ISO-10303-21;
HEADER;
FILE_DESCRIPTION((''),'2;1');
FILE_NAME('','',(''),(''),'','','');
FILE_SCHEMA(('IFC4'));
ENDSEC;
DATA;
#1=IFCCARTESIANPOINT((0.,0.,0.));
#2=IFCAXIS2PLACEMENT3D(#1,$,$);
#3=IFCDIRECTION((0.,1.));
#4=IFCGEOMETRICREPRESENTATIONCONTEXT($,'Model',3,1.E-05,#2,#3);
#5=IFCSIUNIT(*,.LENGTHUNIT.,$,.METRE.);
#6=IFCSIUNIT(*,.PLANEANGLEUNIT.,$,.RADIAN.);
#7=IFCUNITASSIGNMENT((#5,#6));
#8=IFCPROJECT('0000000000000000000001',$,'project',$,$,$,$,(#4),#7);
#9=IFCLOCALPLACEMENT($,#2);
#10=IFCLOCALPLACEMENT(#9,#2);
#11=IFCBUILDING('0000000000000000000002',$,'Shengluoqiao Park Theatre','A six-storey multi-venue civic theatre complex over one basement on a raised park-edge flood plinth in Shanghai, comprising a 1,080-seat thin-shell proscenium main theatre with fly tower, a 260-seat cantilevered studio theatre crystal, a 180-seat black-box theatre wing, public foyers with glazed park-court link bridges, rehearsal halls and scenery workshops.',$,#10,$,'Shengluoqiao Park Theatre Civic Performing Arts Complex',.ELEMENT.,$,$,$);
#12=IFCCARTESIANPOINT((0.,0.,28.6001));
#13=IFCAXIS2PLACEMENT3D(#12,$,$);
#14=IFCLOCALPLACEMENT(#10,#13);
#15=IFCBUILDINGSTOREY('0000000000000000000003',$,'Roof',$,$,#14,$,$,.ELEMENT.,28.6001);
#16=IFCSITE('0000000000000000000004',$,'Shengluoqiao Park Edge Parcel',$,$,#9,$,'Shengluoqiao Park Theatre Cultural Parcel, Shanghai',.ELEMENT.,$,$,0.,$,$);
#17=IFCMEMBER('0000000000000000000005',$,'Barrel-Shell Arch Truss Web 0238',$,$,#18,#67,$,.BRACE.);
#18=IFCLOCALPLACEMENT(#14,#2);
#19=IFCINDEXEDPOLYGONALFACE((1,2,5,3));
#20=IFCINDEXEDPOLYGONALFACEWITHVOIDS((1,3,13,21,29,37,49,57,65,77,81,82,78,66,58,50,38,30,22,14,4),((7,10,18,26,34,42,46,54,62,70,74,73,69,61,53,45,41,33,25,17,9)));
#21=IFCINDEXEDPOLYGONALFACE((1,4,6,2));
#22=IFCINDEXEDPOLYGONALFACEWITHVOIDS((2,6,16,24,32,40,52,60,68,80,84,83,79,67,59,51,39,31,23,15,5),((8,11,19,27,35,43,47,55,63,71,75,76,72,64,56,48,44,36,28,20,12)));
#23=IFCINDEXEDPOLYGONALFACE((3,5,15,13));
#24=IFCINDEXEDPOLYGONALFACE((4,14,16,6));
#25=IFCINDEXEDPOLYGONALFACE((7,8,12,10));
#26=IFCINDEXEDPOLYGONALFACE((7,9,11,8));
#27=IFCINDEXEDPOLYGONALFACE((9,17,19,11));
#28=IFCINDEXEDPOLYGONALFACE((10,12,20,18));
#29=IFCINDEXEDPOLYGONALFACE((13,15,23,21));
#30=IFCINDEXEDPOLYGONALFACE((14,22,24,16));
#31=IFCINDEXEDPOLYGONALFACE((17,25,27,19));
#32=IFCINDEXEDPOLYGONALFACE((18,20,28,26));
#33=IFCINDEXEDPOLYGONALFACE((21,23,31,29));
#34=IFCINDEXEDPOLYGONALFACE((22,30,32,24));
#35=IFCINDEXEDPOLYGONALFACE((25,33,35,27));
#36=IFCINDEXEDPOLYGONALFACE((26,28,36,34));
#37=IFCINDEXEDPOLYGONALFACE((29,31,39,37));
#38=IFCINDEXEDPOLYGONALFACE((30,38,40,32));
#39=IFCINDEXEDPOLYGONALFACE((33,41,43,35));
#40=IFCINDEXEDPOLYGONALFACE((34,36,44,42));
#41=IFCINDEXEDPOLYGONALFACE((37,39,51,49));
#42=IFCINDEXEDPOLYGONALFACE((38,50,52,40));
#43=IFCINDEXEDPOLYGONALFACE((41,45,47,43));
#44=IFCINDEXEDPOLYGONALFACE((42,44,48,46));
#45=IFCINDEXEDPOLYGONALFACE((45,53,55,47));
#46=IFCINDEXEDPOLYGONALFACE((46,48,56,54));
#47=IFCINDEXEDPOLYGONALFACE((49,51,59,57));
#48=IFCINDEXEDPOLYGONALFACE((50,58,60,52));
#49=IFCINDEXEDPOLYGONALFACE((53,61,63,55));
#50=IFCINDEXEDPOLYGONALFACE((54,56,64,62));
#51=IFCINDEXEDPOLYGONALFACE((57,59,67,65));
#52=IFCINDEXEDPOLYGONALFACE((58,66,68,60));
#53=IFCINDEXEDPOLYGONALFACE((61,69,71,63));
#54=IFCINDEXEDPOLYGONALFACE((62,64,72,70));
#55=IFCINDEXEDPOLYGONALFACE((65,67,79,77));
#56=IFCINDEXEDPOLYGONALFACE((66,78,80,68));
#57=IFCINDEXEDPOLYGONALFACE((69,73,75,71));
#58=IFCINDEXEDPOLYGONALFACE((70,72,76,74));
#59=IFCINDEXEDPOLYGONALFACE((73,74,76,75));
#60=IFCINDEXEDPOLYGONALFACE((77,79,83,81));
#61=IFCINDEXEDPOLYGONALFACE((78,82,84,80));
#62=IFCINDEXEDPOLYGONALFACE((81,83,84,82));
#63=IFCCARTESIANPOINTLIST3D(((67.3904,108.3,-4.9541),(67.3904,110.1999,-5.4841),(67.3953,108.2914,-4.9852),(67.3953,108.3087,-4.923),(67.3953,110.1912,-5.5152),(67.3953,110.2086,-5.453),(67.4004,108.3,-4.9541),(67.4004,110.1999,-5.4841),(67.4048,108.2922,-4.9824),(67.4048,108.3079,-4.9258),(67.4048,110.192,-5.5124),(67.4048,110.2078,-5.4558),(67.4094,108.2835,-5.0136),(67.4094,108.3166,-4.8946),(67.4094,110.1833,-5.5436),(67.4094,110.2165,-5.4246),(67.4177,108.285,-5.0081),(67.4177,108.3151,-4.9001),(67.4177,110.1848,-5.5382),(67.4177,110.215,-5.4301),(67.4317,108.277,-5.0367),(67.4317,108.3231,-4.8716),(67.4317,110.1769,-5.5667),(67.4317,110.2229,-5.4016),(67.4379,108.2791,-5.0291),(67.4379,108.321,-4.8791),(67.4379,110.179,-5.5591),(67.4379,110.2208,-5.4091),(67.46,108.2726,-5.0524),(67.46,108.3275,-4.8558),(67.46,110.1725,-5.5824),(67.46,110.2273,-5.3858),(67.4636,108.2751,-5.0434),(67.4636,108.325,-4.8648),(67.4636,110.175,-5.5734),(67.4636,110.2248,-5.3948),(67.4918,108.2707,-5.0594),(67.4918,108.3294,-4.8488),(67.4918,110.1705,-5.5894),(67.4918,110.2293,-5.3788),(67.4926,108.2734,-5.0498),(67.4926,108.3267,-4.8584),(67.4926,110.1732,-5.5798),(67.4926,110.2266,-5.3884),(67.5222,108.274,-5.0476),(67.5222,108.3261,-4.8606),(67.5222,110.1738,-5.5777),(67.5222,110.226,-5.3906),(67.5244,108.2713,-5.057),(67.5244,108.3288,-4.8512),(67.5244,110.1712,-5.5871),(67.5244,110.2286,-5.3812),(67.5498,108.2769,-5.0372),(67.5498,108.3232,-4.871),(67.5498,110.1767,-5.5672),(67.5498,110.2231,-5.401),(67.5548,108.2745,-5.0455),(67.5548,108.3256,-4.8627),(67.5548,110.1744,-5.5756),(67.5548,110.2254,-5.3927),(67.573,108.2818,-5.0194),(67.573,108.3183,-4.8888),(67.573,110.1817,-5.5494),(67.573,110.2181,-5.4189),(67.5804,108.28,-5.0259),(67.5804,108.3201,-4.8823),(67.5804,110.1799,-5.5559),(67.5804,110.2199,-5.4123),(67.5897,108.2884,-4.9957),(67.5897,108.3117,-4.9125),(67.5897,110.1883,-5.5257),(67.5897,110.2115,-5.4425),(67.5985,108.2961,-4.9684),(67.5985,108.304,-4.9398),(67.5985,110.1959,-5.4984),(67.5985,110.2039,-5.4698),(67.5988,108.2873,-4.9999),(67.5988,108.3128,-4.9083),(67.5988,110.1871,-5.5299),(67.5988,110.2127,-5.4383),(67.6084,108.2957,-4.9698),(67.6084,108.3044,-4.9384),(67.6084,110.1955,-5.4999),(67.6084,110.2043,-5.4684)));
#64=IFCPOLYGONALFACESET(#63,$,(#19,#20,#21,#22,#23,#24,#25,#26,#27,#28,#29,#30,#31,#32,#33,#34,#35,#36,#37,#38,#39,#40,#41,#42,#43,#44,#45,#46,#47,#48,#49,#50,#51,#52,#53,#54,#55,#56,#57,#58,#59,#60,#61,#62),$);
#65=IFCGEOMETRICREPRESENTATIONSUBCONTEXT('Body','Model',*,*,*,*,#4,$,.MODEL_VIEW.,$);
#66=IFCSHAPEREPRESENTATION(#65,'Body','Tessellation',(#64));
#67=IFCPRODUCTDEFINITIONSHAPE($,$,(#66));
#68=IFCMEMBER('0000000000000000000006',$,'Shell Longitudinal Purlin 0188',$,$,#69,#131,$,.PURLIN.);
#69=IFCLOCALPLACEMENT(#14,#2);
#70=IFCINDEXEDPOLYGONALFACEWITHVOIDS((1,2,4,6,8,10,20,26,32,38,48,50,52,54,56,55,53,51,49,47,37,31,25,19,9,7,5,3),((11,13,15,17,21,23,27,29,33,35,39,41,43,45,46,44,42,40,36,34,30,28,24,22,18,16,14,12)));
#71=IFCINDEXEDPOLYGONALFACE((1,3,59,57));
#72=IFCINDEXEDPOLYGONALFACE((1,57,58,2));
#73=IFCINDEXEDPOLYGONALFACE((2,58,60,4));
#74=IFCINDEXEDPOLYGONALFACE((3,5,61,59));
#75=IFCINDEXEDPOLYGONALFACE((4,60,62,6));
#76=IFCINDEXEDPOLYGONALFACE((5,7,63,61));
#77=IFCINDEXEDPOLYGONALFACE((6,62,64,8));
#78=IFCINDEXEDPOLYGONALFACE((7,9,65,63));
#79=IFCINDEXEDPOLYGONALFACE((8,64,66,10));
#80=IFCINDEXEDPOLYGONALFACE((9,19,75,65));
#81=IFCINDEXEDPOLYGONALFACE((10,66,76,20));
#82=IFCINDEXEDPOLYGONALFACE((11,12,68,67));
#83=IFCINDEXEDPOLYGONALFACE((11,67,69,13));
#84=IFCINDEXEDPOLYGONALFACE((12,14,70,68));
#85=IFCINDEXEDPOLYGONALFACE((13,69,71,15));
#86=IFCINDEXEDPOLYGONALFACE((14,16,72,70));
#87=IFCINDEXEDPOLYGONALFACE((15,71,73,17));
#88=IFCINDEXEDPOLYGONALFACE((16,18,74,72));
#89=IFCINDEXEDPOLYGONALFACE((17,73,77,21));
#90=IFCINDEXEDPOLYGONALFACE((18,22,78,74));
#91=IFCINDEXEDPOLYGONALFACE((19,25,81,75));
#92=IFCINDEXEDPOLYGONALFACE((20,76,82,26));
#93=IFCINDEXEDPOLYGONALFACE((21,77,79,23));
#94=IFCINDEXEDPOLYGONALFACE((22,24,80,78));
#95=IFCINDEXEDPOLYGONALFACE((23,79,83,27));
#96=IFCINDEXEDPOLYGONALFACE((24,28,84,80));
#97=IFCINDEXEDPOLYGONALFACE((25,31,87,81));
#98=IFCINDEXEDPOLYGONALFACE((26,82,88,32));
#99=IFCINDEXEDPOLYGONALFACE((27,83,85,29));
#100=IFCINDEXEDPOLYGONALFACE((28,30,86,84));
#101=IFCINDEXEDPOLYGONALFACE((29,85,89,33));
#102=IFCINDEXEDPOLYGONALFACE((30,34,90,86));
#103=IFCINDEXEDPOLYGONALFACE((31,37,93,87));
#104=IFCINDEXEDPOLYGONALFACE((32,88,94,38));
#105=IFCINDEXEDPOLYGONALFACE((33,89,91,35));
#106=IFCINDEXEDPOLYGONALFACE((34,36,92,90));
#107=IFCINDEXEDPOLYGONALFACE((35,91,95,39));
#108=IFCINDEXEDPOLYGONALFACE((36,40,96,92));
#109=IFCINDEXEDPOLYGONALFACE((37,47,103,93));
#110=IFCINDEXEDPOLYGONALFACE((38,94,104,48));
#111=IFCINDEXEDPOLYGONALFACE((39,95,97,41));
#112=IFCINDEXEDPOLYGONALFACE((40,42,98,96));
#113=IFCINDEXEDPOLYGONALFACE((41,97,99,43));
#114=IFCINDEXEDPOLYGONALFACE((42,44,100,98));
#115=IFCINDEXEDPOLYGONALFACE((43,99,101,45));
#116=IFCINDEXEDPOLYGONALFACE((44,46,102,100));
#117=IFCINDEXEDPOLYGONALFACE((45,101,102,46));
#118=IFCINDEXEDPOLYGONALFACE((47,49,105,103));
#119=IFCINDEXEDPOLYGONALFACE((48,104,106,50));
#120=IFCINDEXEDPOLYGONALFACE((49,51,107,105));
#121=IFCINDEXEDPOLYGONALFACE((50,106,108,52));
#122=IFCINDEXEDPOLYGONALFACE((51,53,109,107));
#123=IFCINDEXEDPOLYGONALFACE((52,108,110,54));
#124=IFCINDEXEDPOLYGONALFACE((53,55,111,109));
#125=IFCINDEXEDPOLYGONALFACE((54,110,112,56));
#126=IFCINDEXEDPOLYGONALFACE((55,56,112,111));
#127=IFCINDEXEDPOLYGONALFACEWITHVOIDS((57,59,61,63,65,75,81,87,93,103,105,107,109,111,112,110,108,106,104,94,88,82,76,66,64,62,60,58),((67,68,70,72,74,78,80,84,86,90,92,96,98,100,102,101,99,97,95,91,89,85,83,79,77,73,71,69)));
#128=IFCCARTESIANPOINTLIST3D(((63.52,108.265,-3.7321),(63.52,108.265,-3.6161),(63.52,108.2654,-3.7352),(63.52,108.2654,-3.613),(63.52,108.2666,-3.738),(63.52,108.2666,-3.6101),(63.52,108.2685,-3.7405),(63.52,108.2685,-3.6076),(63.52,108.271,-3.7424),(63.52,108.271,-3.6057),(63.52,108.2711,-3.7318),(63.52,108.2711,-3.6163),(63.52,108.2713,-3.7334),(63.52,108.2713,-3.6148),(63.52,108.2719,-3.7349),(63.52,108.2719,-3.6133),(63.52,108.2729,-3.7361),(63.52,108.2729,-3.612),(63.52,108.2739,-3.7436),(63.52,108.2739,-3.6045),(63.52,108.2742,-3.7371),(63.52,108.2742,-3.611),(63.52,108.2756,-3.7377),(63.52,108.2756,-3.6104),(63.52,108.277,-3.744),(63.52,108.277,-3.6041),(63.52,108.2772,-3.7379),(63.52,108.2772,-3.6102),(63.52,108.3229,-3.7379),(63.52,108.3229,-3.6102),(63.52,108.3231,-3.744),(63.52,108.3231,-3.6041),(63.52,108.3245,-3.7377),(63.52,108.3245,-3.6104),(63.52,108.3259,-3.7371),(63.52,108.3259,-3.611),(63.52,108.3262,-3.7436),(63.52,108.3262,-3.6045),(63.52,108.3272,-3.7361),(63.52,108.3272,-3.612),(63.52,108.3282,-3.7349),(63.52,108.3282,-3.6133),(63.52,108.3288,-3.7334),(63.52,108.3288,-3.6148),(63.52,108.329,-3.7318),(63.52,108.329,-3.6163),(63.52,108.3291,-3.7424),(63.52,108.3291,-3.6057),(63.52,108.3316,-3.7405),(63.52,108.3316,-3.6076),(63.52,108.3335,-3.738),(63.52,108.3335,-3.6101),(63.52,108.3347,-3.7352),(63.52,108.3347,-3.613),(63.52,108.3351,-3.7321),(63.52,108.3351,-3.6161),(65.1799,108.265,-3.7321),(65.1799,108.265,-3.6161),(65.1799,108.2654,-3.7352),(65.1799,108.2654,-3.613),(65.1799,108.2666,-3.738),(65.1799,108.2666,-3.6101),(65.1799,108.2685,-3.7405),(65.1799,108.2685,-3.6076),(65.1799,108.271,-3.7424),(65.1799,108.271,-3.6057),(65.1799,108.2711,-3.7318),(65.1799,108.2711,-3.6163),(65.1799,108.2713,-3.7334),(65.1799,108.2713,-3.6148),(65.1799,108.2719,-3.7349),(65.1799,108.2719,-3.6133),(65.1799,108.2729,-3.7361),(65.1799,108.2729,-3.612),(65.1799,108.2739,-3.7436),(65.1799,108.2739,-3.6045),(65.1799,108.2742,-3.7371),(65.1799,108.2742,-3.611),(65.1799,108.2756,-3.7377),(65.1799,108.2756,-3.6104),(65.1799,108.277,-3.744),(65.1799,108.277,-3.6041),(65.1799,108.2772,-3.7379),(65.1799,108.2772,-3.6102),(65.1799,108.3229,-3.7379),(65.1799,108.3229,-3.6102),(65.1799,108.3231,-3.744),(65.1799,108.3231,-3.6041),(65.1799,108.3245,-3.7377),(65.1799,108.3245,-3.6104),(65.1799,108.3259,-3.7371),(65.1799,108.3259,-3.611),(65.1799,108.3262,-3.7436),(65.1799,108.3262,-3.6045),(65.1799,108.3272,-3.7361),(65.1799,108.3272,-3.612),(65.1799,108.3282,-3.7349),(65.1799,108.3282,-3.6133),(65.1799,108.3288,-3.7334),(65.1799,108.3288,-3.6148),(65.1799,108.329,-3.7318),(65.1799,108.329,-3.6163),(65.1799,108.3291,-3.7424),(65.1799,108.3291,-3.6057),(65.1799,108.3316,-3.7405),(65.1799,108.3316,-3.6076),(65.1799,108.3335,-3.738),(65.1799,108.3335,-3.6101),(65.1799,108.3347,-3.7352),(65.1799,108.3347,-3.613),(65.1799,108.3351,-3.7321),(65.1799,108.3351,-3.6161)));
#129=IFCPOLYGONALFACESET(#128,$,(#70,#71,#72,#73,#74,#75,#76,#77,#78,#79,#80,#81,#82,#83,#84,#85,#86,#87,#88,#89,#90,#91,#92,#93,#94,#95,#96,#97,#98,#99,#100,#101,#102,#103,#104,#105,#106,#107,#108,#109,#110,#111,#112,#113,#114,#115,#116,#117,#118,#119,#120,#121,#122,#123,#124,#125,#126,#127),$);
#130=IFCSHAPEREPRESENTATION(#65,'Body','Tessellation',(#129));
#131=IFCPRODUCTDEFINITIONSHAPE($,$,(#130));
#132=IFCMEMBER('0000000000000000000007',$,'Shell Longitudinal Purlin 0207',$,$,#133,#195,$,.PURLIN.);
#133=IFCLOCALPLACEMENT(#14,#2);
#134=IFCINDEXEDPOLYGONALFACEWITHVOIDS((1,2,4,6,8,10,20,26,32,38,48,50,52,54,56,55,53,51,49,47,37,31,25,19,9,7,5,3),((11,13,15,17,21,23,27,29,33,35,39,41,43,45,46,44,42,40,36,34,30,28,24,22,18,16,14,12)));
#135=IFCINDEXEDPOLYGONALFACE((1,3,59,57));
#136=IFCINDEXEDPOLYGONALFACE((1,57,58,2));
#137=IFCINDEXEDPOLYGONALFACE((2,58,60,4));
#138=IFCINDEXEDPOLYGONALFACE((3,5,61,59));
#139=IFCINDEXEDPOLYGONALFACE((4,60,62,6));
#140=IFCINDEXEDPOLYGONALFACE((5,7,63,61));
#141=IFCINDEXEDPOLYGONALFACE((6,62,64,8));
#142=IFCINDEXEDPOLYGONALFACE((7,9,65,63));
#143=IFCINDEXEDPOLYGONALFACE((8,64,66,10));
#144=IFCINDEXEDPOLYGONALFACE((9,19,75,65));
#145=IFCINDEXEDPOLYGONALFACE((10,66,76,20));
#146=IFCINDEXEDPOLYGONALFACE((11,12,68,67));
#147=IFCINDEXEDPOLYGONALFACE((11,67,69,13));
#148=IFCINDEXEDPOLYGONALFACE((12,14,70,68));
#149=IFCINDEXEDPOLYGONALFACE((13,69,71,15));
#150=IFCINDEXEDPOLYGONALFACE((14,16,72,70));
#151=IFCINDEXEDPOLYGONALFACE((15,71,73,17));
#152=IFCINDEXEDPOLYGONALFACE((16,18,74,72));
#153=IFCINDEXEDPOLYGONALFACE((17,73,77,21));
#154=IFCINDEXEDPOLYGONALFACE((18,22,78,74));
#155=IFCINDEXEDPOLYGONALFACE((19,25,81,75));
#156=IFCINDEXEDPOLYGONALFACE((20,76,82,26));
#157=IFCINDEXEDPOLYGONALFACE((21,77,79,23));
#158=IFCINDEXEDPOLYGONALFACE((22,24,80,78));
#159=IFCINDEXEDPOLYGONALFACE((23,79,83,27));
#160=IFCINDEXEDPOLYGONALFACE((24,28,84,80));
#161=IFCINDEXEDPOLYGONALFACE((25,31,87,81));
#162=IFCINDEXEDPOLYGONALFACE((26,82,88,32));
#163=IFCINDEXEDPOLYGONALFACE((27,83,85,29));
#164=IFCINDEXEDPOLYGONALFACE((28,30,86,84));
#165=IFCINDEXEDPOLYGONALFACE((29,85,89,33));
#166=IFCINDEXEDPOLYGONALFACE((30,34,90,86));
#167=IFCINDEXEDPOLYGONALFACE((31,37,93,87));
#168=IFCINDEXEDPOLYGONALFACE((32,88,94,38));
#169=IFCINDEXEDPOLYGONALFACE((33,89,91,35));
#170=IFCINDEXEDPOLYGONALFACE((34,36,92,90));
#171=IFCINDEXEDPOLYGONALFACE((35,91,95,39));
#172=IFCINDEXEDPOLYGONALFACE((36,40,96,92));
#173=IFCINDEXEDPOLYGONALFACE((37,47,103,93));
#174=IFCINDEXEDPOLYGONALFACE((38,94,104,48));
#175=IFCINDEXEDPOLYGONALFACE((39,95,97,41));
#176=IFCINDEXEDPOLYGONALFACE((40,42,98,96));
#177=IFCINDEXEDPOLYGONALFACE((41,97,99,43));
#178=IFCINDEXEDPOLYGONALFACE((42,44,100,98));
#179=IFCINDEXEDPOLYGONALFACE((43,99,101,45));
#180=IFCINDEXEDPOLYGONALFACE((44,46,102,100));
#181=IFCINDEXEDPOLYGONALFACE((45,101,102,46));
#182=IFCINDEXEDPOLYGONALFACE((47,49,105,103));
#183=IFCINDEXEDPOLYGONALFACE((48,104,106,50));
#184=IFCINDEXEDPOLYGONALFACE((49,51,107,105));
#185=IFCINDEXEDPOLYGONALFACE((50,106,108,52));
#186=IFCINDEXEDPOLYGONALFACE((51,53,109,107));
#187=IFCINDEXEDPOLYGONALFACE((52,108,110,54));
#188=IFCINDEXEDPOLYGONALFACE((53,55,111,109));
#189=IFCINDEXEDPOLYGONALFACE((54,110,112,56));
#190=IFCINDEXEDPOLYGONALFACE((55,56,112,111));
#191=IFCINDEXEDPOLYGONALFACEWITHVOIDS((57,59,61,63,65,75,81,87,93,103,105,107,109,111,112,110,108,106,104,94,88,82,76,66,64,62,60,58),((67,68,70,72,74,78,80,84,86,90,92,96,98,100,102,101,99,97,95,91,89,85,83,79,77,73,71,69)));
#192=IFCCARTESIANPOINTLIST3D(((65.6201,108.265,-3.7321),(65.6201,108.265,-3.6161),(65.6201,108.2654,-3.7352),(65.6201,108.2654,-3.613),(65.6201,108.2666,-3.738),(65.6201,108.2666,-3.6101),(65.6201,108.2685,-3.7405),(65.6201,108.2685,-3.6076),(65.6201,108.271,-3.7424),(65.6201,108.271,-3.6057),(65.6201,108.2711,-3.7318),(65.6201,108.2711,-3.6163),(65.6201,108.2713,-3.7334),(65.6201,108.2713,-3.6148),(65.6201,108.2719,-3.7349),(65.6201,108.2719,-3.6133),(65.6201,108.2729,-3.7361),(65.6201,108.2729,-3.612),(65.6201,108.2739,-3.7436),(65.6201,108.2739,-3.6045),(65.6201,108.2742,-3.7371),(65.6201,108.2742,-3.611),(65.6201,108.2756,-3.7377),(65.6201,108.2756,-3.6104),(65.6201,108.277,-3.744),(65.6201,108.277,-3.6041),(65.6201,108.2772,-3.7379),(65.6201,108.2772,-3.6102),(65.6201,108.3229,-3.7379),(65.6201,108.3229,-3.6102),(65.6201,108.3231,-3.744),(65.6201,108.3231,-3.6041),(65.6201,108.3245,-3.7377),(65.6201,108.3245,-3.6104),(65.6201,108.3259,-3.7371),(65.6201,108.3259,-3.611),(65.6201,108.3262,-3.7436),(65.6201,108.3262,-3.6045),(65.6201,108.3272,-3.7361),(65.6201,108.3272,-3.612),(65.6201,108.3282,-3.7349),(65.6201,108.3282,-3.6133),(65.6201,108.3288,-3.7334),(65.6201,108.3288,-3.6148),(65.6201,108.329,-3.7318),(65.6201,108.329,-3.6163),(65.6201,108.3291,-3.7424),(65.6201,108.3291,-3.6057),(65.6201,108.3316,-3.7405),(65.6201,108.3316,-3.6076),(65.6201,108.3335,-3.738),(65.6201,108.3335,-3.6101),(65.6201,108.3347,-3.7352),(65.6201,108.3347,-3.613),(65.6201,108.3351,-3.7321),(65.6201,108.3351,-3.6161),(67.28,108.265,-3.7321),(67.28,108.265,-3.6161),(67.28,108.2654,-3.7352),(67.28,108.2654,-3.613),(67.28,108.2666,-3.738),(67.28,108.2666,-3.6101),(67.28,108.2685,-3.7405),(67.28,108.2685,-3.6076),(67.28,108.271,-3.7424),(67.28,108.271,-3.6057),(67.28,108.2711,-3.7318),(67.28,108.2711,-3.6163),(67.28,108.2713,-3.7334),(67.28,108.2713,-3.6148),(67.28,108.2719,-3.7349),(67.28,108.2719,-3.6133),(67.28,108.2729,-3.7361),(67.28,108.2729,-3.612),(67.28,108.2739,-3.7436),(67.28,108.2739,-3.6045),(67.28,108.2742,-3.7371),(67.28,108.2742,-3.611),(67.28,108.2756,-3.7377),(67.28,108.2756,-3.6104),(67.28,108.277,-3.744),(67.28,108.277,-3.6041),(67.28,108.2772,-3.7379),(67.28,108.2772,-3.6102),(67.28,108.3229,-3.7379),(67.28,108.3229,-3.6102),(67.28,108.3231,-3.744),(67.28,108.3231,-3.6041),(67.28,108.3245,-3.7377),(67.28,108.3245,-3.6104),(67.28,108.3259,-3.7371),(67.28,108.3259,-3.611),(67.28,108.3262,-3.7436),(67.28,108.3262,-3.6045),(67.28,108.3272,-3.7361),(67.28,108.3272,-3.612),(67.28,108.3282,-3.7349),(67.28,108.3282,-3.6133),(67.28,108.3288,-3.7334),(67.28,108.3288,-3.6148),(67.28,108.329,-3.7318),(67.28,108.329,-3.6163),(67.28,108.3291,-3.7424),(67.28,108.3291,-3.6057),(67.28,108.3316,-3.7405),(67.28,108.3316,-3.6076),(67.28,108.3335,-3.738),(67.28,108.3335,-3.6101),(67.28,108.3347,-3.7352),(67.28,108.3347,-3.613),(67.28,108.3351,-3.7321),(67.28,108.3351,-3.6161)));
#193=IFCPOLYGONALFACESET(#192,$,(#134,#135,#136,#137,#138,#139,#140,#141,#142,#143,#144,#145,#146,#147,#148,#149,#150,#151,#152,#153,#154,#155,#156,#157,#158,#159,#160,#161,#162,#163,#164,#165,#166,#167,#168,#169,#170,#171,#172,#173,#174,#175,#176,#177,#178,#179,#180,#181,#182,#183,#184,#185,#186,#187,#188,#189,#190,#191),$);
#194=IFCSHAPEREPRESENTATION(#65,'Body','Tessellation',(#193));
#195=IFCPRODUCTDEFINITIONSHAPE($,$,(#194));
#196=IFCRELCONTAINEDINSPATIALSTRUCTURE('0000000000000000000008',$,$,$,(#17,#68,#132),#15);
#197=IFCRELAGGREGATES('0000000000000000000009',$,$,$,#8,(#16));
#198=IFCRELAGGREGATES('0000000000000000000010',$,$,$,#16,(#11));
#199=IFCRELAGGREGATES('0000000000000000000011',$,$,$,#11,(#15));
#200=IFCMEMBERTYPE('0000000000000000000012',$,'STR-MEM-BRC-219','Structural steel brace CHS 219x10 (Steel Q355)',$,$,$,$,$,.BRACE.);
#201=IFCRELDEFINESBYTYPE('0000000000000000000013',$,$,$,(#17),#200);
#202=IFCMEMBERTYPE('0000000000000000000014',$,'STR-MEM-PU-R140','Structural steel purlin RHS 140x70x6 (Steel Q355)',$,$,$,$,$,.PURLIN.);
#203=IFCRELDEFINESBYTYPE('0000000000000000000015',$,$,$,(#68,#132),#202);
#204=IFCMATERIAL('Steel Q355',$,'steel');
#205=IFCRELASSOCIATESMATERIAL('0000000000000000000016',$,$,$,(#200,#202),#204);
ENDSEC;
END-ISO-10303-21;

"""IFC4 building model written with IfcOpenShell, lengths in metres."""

from ifc_helpers import new_model, si_unit, direction, frame, origin, origin_2d, place, context, subcontext, project, spatial, hollow_rectangle, hollow_circle, extrude, material, material_profile, profile_set, type_object, element, save


model = new_model("IFC4")

# Units and contexts
model_context = context("Model", 3, precision=1e-05, world=origin(), true_north=direction((0.0, 1.0)))
body_context = subcontext(model_context, "Body", "Model", "MODEL_VIEW")
ifc_project = project(units=[si_unit("LENGTHUNIT", "METRE"), si_unit("PLANEANGLEUNIT", "RADIAN")], contexts=[model_context])

# Site, building, storey
site_placement = place(None, origin())
site = spatial("IfcSite", under=ifc_project, at=site_placement, Name="Shengluoqiao Park Edge Parcel", LongName="Shengluoqiao Park Theatre Cultural Parcel, Shanghai", CompositionType="ELEMENT", RefElevation=0.0)
building_placement = place(site_placement, origin())
building = spatial("IfcBuilding", under=site, at=building_placement, Name="Shengluoqiao Park Theatre", Description="A six-storey multi-venue civic theatre complex over one basement on a raised park-edge flood plinth in Shanghai, comprising a 1,080-seat thin-shell proscenium main theatre with fly tower, a 260-seat cantilevered studio theatre crystal, a 180-seat black-box theatre wing, public foyers with glazed park-court link bridges, rehearsal halls and scenery workshops.", LongName="Shengluoqiao Park Theatre Civic Performing Arts Complex", CompositionType="ELEMENT")
storey_placement = place(building_placement, frame((0.0, 0.0, 28.6001)))
storey = spatial("IfcBuildingStorey", under=building, at=storey_placement, Name="Roof", CompositionType="ELEMENT", Elevation=28.6001)

# Shared definitions
ifc_material_1 = material(Name="Steel Q355", Category="steel")

# Members
ifc_material_profile_1 = material_profile(ifc_material_1, hollow_circle(Radius=0.1096, WallThickness=0.01, at=origin_2d()), Name="CHS 219x10")
ifc_profile_set_1 = profile_set([ifc_material_profile_1], Name="Steel Q355")
member_type_1 = type_object("IfcMemberType", Name="STR-MEM-BRC-219", Description="Structural steel brace CHS 219x10 (Steel Q355)", PredefinedType="BRACE", material=ifc_profile_set_1)
member_1_placement = place(storey_placement, frame((67.5, 108.3, -4.9541), z_axis=(0.0, 0.963219, -0.268716), x_axis=(-1.0, 0.0, 0.0)))
element("IfcMember", 1, at=member_1_placement, inside=storey, type_object=member_type_1, Name="Barrel-Shell Arch Truss Web 0238", PredefinedType="BRACE", context=body_context, shape_type="SweptSolid", body=[
    extrude(hollow_circle(Radius=0.1096, WallThickness=0.01, at=origin_2d()), origin(), (0.0, 0.0, 1.0), 1.9724),
])
ifc_material_profile_2 = material_profile(ifc_material_1, hollow_rectangle(XDim=0.0701, YDim=0.1399, WallThickness=0.0061, InnerFilletRadius=0.0061, OuterFilletRadius=0.012, at=origin_2d()), Name="RHS 140x70x6")
ifc_profile_set_2 = profile_set([ifc_material_profile_2], Name="Steel Q355")
member_type_2 = type_object("IfcMemberType", Name="STR-MEM-PU-R140", Description="Structural steel purlin RHS 140x70x6 (Steel Q355)", PredefinedType="PURLIN", material=ifc_profile_set_2)
for number, where, z_axis, x_axis, name in (
    (2, (63.52, 108.3, -3.6741), (1.0, 0.0, 0.0), (0.0, 1.0, 0.0), "Shell Longitudinal Purlin 0188"),
    (3, (65.6201, 108.3, -3.6741), (1.0, 0.0, 0.0), (0.0, 1.0, 0.0), "Shell Longitudinal Purlin 0207"),
):
    element("IfcMember", number, at=place(storey_placement, frame(where, z_axis=z_axis, x_axis=x_axis)), inside=storey, type_object=member_type_2, Name=name, PredefinedType="PURLIN", context=body_context, shape_type="SweptSolid", body=[
        extrude(hollow_rectangle(XDim=0.0701, YDim=0.1399, WallThickness=0.0061, InnerFilletRadius=0.0061, OuterFilletRadius=0.012, at=origin_2d()), origin(), (0.0, 0.0, 1.0), 1.6599),
    ])

save(model, "model.ifc")
